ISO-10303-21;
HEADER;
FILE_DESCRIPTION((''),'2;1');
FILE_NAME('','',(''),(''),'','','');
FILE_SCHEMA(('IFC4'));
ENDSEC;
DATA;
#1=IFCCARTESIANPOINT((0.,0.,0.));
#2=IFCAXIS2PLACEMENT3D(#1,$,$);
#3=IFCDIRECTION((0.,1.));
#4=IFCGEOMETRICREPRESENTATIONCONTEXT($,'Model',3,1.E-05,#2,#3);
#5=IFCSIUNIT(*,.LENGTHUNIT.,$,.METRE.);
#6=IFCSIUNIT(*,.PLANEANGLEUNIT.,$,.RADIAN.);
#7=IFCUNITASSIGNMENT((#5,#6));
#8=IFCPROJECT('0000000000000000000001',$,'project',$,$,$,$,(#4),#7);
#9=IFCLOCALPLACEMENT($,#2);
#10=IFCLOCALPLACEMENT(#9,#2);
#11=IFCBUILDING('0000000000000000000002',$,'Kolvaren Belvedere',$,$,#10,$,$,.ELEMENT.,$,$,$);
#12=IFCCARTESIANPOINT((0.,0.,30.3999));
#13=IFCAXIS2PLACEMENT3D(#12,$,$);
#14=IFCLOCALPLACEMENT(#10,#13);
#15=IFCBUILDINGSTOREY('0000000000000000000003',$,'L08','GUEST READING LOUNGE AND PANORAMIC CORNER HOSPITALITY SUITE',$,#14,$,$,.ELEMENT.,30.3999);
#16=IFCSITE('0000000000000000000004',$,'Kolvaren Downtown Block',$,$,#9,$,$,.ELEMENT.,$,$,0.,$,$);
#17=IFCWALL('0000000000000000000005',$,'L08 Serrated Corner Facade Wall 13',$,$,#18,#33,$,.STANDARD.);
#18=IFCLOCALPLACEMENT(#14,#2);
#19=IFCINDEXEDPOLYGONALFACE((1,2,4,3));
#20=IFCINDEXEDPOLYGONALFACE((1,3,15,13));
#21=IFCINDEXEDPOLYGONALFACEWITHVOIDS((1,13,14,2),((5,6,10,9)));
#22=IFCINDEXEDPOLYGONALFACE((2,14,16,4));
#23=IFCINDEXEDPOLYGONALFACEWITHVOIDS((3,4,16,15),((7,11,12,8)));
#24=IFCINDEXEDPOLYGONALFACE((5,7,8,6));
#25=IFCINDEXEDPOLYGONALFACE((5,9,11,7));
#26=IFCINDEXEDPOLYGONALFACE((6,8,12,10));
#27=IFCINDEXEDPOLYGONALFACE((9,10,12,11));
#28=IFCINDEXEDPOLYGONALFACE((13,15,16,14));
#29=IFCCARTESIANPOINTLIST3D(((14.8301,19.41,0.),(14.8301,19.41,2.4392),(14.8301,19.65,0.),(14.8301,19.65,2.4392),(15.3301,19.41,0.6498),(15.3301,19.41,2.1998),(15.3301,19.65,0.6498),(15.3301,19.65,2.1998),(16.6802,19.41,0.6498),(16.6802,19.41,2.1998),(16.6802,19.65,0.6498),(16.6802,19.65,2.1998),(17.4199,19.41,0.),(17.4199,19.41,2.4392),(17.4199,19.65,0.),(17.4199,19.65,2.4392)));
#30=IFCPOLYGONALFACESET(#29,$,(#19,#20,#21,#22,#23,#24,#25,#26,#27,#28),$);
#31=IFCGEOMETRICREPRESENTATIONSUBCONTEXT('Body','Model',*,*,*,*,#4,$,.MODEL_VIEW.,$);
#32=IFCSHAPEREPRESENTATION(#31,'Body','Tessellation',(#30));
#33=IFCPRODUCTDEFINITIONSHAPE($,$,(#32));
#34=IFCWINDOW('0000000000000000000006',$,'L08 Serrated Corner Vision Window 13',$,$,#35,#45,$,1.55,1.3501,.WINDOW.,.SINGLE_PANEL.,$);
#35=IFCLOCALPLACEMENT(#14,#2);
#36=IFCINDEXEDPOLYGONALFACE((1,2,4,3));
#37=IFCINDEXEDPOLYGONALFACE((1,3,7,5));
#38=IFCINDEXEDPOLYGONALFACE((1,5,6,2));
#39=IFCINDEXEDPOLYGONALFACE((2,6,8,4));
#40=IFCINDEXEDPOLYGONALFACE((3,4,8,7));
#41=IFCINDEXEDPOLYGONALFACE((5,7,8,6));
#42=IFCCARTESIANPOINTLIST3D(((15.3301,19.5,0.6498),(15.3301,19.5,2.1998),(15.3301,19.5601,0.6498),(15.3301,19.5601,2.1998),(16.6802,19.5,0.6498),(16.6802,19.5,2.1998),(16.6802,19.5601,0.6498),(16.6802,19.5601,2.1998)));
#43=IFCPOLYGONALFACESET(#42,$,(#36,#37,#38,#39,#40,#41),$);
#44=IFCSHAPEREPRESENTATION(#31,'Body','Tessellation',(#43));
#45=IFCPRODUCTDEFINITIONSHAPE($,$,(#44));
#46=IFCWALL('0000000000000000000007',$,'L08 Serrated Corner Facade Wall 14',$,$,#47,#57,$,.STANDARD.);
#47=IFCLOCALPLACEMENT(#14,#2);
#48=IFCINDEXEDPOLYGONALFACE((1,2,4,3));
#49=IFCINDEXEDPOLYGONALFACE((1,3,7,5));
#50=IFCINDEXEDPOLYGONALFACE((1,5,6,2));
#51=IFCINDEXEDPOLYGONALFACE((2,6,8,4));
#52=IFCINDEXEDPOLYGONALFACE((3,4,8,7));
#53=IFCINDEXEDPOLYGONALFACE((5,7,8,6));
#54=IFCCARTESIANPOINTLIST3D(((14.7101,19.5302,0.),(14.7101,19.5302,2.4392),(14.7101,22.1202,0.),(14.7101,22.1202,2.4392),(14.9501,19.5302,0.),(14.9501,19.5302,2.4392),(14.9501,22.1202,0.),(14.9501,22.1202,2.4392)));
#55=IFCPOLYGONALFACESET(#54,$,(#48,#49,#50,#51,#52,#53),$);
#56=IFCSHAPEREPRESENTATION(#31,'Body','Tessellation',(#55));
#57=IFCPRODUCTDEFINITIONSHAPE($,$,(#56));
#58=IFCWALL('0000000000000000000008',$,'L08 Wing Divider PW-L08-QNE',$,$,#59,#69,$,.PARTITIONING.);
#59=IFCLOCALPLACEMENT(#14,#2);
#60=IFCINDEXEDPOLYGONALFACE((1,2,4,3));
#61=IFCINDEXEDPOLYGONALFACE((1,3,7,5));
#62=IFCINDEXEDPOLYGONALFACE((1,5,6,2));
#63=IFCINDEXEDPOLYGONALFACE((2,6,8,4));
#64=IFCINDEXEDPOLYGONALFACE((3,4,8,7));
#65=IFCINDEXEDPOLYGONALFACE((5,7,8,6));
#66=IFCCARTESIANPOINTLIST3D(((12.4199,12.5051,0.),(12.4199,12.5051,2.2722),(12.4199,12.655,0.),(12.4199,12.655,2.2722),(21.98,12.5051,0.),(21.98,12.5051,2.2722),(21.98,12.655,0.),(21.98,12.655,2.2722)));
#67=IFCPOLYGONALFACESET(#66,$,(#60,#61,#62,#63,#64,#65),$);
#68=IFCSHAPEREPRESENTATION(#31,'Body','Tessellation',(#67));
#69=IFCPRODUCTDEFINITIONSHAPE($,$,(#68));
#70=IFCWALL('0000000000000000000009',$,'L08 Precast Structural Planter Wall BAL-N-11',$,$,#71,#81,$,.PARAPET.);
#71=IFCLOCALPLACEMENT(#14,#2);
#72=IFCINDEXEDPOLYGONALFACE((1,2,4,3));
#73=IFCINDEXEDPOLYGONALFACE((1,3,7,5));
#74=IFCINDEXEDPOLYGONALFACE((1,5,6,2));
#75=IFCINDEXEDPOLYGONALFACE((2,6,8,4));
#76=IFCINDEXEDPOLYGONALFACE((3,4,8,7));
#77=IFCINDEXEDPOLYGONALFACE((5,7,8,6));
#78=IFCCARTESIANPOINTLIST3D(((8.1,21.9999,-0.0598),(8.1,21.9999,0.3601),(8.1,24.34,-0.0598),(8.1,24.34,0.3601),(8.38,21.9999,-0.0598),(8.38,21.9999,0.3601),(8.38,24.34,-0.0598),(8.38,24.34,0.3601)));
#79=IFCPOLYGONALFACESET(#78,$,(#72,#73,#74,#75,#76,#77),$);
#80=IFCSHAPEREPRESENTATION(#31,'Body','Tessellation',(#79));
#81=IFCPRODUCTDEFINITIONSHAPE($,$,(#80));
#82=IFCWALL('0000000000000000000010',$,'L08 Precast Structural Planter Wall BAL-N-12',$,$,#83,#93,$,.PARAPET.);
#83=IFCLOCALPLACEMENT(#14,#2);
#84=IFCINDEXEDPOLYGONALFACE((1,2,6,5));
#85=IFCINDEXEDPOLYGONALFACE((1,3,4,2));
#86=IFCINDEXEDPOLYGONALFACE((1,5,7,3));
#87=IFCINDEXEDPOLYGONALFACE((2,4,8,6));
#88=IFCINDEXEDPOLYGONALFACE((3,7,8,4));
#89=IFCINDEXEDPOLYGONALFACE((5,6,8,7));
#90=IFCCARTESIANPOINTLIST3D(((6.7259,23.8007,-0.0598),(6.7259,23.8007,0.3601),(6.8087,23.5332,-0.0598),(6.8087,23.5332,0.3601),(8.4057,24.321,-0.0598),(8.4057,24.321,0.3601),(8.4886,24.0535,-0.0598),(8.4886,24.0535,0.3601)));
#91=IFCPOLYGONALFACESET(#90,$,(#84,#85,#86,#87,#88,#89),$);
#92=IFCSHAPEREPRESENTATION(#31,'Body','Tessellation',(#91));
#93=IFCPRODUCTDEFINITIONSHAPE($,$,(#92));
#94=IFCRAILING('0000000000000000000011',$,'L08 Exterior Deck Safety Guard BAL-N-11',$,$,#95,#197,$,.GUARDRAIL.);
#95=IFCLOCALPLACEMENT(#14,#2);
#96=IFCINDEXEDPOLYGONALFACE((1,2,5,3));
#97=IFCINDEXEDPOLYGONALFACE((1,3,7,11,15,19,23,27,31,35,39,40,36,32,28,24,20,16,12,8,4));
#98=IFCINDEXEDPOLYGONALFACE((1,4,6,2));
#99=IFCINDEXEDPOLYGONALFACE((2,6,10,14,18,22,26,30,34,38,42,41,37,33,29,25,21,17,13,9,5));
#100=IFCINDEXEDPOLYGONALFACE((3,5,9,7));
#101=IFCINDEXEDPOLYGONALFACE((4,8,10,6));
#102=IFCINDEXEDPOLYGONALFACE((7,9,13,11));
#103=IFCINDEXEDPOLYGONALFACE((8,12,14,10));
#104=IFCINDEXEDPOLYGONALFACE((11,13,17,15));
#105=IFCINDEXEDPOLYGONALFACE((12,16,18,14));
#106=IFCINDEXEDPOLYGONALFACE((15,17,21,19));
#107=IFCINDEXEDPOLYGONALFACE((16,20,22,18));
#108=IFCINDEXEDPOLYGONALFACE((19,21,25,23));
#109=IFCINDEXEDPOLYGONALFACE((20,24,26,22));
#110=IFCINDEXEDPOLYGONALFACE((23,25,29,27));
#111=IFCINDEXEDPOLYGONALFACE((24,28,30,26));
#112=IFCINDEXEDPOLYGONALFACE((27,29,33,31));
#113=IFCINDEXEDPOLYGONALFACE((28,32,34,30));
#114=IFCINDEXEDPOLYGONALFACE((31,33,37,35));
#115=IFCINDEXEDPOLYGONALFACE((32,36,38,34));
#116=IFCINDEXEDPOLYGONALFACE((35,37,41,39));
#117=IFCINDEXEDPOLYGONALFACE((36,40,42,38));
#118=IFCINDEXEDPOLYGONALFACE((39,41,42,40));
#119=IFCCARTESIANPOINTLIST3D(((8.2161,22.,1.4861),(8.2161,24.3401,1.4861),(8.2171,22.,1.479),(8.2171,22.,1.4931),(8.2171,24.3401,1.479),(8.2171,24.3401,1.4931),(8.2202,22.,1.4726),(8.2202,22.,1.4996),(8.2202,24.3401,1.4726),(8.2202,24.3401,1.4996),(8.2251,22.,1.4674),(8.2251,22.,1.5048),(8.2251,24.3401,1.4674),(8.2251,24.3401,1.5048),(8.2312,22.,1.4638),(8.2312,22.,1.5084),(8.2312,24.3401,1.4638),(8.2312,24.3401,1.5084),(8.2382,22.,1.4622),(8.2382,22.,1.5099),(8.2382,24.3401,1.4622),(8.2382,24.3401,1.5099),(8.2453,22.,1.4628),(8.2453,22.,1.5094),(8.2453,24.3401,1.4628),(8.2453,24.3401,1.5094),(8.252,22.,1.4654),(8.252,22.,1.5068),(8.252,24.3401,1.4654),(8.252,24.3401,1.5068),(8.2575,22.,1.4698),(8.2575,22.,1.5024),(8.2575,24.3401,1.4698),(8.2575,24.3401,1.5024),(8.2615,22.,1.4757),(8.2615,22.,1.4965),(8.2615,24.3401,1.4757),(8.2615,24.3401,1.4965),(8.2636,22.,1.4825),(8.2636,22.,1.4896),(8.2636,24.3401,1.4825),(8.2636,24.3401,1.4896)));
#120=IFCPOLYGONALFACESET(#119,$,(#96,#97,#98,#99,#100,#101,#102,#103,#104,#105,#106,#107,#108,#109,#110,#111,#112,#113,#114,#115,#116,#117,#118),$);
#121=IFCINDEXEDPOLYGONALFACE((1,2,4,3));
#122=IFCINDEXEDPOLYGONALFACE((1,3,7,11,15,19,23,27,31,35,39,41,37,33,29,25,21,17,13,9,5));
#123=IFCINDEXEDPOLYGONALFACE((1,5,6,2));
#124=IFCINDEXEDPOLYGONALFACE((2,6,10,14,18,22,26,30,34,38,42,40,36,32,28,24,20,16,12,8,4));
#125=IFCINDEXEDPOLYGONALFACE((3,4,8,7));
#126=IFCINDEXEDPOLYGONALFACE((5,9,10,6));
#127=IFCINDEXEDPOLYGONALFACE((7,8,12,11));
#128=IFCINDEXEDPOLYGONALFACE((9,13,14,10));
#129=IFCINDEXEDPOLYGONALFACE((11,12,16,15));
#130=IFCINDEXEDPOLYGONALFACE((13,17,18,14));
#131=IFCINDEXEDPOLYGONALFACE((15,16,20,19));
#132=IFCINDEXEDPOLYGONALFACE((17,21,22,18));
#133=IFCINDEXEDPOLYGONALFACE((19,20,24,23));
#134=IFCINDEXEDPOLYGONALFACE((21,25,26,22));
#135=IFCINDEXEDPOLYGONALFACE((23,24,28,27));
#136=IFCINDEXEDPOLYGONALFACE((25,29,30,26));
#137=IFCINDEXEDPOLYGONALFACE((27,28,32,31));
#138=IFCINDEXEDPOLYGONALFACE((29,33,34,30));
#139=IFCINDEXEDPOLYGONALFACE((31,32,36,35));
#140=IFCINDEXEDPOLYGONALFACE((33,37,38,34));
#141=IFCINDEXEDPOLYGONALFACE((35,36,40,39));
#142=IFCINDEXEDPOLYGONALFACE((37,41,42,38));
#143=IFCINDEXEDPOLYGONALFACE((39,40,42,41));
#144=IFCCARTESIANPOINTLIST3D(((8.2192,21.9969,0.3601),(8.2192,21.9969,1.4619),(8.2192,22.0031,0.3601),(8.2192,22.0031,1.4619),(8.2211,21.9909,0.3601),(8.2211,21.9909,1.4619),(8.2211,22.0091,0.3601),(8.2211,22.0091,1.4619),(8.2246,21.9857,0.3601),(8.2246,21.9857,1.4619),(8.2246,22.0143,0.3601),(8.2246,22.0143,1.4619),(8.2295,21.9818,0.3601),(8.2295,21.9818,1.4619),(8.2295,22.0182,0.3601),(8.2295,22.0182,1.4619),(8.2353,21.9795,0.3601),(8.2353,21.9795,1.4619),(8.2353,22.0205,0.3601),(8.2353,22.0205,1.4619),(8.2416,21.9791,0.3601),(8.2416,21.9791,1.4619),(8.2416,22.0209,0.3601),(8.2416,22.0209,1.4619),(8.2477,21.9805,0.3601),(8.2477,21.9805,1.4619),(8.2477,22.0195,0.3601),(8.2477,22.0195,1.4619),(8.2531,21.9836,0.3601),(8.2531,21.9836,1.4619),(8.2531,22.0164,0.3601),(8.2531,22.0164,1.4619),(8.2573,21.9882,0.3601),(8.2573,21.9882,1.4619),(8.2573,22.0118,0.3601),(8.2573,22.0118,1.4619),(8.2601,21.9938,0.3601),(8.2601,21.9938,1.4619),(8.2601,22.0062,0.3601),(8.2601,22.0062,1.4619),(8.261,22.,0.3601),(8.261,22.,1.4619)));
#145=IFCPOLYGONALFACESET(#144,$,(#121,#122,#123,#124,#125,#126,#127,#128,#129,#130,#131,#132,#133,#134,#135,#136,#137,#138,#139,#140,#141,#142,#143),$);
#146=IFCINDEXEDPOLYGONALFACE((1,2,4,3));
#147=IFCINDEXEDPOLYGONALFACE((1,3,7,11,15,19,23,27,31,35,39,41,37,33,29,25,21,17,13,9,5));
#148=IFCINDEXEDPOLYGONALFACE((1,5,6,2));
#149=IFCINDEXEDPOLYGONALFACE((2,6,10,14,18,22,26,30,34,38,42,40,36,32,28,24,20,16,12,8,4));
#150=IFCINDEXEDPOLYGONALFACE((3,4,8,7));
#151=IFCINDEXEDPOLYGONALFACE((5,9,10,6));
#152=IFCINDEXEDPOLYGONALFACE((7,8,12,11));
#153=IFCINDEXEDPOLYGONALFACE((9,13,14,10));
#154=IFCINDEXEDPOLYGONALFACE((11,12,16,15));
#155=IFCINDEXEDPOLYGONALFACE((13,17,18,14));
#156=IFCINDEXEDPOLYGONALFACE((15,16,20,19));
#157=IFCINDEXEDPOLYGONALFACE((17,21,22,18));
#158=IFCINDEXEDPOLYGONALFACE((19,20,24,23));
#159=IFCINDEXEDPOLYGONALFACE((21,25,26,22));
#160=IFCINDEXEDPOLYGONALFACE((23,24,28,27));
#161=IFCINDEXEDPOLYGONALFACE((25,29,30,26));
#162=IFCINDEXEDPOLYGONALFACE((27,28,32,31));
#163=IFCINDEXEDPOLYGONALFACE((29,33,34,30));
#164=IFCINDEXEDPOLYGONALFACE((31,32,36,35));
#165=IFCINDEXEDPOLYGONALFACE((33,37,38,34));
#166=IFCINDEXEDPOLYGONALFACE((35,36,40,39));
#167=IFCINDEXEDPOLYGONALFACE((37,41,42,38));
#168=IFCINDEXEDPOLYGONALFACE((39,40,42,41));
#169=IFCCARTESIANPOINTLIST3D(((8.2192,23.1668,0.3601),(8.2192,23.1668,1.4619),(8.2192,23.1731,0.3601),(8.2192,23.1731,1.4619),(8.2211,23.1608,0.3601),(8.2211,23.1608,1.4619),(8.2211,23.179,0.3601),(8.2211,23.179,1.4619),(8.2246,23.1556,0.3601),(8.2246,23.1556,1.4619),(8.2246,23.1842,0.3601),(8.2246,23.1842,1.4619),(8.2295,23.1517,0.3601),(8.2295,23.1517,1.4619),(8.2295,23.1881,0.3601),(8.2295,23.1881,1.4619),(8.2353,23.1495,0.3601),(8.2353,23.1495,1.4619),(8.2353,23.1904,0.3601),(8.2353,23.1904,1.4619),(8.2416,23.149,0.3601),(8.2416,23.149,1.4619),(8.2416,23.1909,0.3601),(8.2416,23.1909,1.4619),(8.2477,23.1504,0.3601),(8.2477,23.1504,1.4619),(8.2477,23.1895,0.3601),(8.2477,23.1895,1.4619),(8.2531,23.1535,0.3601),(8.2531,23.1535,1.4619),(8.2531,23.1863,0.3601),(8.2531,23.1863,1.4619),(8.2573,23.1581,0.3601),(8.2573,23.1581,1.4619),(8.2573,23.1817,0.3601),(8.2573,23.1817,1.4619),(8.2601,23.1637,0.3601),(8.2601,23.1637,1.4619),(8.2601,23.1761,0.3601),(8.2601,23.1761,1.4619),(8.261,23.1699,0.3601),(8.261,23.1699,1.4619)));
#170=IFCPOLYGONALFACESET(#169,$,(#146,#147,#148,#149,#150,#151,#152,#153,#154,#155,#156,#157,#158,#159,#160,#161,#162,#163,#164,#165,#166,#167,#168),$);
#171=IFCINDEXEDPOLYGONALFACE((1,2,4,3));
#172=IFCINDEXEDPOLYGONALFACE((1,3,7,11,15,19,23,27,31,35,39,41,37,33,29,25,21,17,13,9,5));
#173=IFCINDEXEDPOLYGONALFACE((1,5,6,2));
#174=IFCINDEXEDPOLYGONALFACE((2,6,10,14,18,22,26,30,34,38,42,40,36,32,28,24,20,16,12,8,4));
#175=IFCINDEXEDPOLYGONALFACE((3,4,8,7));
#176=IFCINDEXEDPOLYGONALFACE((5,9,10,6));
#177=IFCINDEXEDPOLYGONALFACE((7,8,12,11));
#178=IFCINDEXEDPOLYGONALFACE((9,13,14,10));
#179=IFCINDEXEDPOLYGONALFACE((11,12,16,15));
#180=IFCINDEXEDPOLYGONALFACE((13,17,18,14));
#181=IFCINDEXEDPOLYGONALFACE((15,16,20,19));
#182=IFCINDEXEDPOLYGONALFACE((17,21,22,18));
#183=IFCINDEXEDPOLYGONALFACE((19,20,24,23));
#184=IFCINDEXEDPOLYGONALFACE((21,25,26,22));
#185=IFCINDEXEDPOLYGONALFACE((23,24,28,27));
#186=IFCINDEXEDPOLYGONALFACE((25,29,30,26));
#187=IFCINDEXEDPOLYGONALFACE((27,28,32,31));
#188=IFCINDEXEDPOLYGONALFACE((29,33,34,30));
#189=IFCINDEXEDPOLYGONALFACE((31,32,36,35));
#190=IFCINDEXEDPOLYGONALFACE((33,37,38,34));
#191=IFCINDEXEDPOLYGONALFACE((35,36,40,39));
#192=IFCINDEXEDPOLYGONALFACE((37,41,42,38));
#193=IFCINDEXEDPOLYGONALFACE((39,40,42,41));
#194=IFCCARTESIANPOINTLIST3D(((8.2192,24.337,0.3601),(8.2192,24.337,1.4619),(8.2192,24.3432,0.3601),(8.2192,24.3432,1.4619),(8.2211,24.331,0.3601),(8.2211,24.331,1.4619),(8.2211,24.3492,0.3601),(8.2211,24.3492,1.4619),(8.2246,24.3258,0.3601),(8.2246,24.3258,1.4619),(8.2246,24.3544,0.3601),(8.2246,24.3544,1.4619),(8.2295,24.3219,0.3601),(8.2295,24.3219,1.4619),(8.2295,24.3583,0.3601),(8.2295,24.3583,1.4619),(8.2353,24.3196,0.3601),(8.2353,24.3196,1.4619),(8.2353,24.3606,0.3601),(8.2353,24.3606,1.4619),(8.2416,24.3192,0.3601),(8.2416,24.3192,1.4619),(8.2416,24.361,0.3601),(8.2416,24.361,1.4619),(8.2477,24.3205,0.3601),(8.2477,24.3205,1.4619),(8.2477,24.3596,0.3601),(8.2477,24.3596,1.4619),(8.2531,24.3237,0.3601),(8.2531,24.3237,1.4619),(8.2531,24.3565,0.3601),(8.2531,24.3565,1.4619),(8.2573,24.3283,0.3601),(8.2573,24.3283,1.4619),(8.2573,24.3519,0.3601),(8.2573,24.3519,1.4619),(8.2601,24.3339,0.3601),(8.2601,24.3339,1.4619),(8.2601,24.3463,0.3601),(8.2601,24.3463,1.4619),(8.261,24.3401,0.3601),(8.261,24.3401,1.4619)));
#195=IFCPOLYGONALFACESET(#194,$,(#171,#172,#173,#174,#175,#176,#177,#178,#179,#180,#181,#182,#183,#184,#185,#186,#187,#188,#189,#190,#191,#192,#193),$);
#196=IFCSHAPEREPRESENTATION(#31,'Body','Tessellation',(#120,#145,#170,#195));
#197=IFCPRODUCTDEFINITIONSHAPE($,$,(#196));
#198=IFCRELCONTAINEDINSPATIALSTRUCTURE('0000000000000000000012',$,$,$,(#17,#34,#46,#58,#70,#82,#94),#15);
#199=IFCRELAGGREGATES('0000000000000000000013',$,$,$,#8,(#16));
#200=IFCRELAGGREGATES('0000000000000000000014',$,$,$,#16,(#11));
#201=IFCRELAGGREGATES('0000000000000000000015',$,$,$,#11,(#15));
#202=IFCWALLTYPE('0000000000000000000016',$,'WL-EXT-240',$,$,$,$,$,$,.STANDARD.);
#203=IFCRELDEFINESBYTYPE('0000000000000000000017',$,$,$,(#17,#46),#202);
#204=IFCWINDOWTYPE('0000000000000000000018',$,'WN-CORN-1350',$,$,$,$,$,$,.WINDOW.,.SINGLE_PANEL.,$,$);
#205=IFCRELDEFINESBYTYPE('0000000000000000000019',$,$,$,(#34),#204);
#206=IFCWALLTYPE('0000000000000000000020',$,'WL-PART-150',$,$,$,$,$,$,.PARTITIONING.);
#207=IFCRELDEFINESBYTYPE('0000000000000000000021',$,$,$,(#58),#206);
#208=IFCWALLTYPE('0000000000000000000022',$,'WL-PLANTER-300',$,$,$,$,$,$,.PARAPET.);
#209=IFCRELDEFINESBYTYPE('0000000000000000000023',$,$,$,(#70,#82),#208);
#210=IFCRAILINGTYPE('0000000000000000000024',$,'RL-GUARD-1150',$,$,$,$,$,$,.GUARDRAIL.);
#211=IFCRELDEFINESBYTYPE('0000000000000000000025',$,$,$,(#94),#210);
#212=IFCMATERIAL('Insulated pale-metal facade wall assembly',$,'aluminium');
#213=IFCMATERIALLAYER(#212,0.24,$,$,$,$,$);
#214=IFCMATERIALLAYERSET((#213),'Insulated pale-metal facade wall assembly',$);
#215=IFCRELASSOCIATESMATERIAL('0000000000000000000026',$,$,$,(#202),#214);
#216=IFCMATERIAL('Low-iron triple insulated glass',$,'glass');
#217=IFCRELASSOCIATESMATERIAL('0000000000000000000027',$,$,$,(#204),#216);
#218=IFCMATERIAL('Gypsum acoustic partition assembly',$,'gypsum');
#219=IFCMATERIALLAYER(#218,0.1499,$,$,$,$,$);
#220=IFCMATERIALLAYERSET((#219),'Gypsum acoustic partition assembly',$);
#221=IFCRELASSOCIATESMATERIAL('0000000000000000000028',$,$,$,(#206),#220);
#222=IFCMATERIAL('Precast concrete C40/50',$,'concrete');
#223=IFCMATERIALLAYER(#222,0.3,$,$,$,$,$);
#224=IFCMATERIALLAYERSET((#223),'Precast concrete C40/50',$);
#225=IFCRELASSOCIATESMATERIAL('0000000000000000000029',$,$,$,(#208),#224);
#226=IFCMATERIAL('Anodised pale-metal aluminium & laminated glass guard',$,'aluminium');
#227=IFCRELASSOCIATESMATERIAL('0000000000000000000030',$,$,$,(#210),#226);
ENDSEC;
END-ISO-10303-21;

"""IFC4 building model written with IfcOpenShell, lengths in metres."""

from ifc_helpers import new_model, si_unit, direction, frame, frame_2d, origin, origin_2d, place, context, subcontext, project, spatial, rectangle, circle, extrude, material, layer, layer_set, type_object, element, fill, save


model = new_model("IFC4")

# Units and contexts
model_context = context("Model", 3, precision=1e-05, world=origin(), true_north=direction((0.0, 1.0)))
body_context = subcontext(model_context, "Body", "Model", "MODEL_VIEW")
ifc_project = project(units=[si_unit("LENGTHUNIT", "METRE"), si_unit("PLANEANGLEUNIT", "RADIAN")], contexts=[model_context])

# Site, building, storey
site_placement = place(None, origin())
site = spatial("IfcSite", under=ifc_project, at=site_placement, Name="Kolvaren Downtown Block", CompositionType="ELEMENT", RefElevation=0.0)
building_placement = place(site_placement, origin())
building = spatial("IfcBuilding", under=site, at=building_placement, Name="Kolvaren Belvedere", CompositionType="ELEMENT")
storey_placement = place(building_placement, frame((0.0, 0.0, 30.3999)))
storey = spatial("IfcBuildingStorey", under=building, at=storey_placement, Name="L08", Description="GUEST READING LOUNGE AND PANORAMIC CORNER HOSPITALITY SUITE", CompositionType="ELEMENT", Elevation=30.3999)

# Shared definitions
ifc_material_1 = material(Name="Insulated pale-metal facade wall assembly", Category="aluminium")
ifc_layer_1 = layer(ifc_material_1, 0.24)
ifc_layer_set_1 = layer_set([ifc_layer_1], Name="Insulated pale-metal facade wall assembly")
wall_type_1 = type_object("IfcWallType", Name="WL-EXT-240", PredefinedType="STANDARD", material=ifc_layer_set_1)

# Wall, opening, window
ifc_material_2 = material(Name="Low-iron triple insulated glass", Category="glass")
window_type = type_object("IfcWindowType", Name="WN-CORN-1350", PartitioningType="SINGLE_PANEL", PredefinedType="WINDOW", material=ifc_material_2)
wall_1_placement = place(storey_placement, frame((14.8301, 19.53, 0.0), z_axis=(0.0, 0.0, 1.0), x_axis=(1.0, 0.0, 0.0)))
wall_1 = element("IfcWall", 1, at=wall_1_placement, inside=storey, type_object=wall_type_1, Name="L08 Serrated Corner Facade Wall 13", PredefinedType="STANDARD", context=body_context, shape_type="SweptSolid", body=[
    extrude(rectangle(XDim=2.5898, YDim=0.24, at=frame_2d((1.2949, 0.0))), origin(), (0.0, 0.0, 1.0), 2.4392),
])
opening_1_placement = place(wall_1_placement, frame((0.5, 0.0, 0.6499)))
opening_1 = element("IfcOpeningElement", 2, at=opening_1_placement, cuts=wall_1, PredefinedType="OPENING", context=body_context, shape_type="SweptSolid", body=[
    extrude(rectangle(XDim=1.3501, YDim=1.55, at=frame_2d((0.675, 0.7749))), frame((0.0, 0.1299, 0.0), z_axis=(0.0, -1.0, 0.0), x_axis=(1.0, 0.0, 0.0)), (0.0, 0.0, 1.0), 0.26),
])
window_1_placement = place(opening_1_placement, origin())
window_1 = element("IfcWindow", 3, at=window_1_placement, inside=storey, type_object=window_type, Name="L08 Serrated Corner Vision Window 13", OverallHeight=1.55, OverallWidth=1.3501, PartitioningType="SINGLE_PANEL", PredefinedType="WINDOW", context=body_context, shape_type="SweptSolid", body=[
    extrude(rectangle(XDim=1.3501, YDim=1.55, at=frame_2d((0.675, 0.7749))), frame((0.0, 0.03, 0.0), z_axis=(0.0, -1.0, 0.0), x_axis=(1.0, 0.0, 0.0)), (0.0, 0.0, 1.0), 0.0601),
])
fill(opening_1, window_1)

# Walls
wall_2_placement = place(storey_placement, frame((14.8301, 22.1201, 0.0), z_axis=(0.0, 0.0, 1.0), x_axis=(0.0, -1.0, 0.0)))
element("IfcWall", 4, at=wall_2_placement, inside=storey, type_object=wall_type_1, Name="L08 Serrated Corner Facade Wall 14", PredefinedType="STANDARD", context=body_context, shape_type="SweptSolid", body=[
    extrude(rectangle(XDim=2.5901, YDim=0.24, at=frame_2d((1.2949, 0.0))), origin(), (0.0, 0.0, 1.0), 2.4392),
])
ifc_material_3 = material(Name="Gypsum acoustic partition assembly", Category="gypsum")
ifc_layer_2 = layer(ifc_material_3, 0.1499)
ifc_layer_set_2 = layer_set([ifc_layer_2], Name="Gypsum acoustic partition assembly")
wall_type_2 = type_object("IfcWallType", Name="WL-PART-150", PredefinedType="PARTITIONING", material=ifc_layer_set_2)
wall_3_placement = place(storey_placement, frame((12.4199, 12.5801, 0.0), z_axis=(0.0, 0.0, 1.0), x_axis=(1.0, 0.0, 0.0)))
element("IfcWall", 5, at=wall_3_placement, inside=storey, type_object=wall_type_2, Name="L08 Wing Divider PW-L08-QNE", PredefinedType="PARTITIONING", context=body_context, shape_type="SweptSolid", body=[
    extrude(rectangle(XDim=9.5601, YDim=0.1499, at=frame_2d((4.78, 0.0))), origin(), (0.0, 0.0, 1.0), 2.2722),
])
ifc_material_4 = material(Name="Precast concrete C40/50", Category="concrete")
ifc_layer_3 = layer(ifc_material_4, 0.3)
ifc_layer_set_3 = layer_set([ifc_layer_3], Name="Precast concrete C40/50")
wall_type_3 = type_object("IfcWallType", Name="WL-PLANTER-300", PredefinedType="PARAPET", material=ifc_layer_set_3)
wall_4_placement = place(storey_placement, frame((8.24, 22.0, -0.0598), z_axis=(0.0, 0.0, 1.0), x_axis=(0.0, 1.0, 0.0)))
element("IfcWall", 6, at=wall_4_placement, inside=storey, type_object=wall_type_3, Name="L08 Precast Structural Planter Wall BAL-N-11", PredefinedType="PARAPET", context=body_context, shape_type="SweptSolid", body=[
    extrude(rectangle(XDim=2.3401, YDim=0.28, at=frame_2d((1.1699, 0.0))), origin(), (0.0, 0.0, 1.0), 0.4199),
])
wall_5_placement = place(storey_placement, frame((8.4473, 24.1873, -0.0598), z_axis=(0.0, 0.0, 1.0), x_axis=(-0.95524, -0.295832, 0.0)))
element("IfcWall", 7, at=wall_5_placement, inside=storey, type_object=wall_type_3, Name="L08 Precast Structural Planter Wall BAL-N-12", PredefinedType="PARAPET", context=body_context, shape_type="SweptSolid", body=[
    extrude(rectangle(XDim=1.7585, YDim=0.28, at=frame_2d((0.8794, 0.0))), origin(), (0.0, 0.0, 1.0), 0.4199),
])

# Railing
ifc_material_5 = material(Name="Anodised pale-metal aluminium & laminated glass guard", Category="aluminium")
railing_type = type_object("IfcRailingType", Name="RL-GUARD-1150", PredefinedType="GUARDRAIL", material=ifc_material_5)
railing_1_placement = place(storey_placement, frame((8.24, 22.0, 0.3601)))
element("IfcRailing", 8, at=railing_1_placement, inside=storey, type_object=railing_type, Name="L08 Exterior Deck Safety Guard BAL-N-11", PredefinedType="GUARDRAIL", context=body_context, shape_type="SweptSolid", body=[
    extrude(circle(Radius=0.0239, at=origin_2d()), frame((0.0, 0.0, 1.126), z_axis=(0.0, 1.0, 0.0), x_axis=(-1.0, 0.0, 0.0)), (0.0, 0.0, 1.0), 2.3401),
    extrude(circle(Radius=0.021, at=origin_2d()), origin(), (0.0, 0.0, 1.0), 1.1018),
    extrude(circle(Radius=0.021, at=origin_2d()), frame((0.0, 1.1699, 0.0)), (0.0, 0.0, 1.0), 1.1018),
    extrude(circle(Radius=0.021, at=origin_2d()), frame((0.0, 2.3401, 0.0)), (0.0, 0.0, 1.0), 1.1018),
])

save(model, "model.ifc")
